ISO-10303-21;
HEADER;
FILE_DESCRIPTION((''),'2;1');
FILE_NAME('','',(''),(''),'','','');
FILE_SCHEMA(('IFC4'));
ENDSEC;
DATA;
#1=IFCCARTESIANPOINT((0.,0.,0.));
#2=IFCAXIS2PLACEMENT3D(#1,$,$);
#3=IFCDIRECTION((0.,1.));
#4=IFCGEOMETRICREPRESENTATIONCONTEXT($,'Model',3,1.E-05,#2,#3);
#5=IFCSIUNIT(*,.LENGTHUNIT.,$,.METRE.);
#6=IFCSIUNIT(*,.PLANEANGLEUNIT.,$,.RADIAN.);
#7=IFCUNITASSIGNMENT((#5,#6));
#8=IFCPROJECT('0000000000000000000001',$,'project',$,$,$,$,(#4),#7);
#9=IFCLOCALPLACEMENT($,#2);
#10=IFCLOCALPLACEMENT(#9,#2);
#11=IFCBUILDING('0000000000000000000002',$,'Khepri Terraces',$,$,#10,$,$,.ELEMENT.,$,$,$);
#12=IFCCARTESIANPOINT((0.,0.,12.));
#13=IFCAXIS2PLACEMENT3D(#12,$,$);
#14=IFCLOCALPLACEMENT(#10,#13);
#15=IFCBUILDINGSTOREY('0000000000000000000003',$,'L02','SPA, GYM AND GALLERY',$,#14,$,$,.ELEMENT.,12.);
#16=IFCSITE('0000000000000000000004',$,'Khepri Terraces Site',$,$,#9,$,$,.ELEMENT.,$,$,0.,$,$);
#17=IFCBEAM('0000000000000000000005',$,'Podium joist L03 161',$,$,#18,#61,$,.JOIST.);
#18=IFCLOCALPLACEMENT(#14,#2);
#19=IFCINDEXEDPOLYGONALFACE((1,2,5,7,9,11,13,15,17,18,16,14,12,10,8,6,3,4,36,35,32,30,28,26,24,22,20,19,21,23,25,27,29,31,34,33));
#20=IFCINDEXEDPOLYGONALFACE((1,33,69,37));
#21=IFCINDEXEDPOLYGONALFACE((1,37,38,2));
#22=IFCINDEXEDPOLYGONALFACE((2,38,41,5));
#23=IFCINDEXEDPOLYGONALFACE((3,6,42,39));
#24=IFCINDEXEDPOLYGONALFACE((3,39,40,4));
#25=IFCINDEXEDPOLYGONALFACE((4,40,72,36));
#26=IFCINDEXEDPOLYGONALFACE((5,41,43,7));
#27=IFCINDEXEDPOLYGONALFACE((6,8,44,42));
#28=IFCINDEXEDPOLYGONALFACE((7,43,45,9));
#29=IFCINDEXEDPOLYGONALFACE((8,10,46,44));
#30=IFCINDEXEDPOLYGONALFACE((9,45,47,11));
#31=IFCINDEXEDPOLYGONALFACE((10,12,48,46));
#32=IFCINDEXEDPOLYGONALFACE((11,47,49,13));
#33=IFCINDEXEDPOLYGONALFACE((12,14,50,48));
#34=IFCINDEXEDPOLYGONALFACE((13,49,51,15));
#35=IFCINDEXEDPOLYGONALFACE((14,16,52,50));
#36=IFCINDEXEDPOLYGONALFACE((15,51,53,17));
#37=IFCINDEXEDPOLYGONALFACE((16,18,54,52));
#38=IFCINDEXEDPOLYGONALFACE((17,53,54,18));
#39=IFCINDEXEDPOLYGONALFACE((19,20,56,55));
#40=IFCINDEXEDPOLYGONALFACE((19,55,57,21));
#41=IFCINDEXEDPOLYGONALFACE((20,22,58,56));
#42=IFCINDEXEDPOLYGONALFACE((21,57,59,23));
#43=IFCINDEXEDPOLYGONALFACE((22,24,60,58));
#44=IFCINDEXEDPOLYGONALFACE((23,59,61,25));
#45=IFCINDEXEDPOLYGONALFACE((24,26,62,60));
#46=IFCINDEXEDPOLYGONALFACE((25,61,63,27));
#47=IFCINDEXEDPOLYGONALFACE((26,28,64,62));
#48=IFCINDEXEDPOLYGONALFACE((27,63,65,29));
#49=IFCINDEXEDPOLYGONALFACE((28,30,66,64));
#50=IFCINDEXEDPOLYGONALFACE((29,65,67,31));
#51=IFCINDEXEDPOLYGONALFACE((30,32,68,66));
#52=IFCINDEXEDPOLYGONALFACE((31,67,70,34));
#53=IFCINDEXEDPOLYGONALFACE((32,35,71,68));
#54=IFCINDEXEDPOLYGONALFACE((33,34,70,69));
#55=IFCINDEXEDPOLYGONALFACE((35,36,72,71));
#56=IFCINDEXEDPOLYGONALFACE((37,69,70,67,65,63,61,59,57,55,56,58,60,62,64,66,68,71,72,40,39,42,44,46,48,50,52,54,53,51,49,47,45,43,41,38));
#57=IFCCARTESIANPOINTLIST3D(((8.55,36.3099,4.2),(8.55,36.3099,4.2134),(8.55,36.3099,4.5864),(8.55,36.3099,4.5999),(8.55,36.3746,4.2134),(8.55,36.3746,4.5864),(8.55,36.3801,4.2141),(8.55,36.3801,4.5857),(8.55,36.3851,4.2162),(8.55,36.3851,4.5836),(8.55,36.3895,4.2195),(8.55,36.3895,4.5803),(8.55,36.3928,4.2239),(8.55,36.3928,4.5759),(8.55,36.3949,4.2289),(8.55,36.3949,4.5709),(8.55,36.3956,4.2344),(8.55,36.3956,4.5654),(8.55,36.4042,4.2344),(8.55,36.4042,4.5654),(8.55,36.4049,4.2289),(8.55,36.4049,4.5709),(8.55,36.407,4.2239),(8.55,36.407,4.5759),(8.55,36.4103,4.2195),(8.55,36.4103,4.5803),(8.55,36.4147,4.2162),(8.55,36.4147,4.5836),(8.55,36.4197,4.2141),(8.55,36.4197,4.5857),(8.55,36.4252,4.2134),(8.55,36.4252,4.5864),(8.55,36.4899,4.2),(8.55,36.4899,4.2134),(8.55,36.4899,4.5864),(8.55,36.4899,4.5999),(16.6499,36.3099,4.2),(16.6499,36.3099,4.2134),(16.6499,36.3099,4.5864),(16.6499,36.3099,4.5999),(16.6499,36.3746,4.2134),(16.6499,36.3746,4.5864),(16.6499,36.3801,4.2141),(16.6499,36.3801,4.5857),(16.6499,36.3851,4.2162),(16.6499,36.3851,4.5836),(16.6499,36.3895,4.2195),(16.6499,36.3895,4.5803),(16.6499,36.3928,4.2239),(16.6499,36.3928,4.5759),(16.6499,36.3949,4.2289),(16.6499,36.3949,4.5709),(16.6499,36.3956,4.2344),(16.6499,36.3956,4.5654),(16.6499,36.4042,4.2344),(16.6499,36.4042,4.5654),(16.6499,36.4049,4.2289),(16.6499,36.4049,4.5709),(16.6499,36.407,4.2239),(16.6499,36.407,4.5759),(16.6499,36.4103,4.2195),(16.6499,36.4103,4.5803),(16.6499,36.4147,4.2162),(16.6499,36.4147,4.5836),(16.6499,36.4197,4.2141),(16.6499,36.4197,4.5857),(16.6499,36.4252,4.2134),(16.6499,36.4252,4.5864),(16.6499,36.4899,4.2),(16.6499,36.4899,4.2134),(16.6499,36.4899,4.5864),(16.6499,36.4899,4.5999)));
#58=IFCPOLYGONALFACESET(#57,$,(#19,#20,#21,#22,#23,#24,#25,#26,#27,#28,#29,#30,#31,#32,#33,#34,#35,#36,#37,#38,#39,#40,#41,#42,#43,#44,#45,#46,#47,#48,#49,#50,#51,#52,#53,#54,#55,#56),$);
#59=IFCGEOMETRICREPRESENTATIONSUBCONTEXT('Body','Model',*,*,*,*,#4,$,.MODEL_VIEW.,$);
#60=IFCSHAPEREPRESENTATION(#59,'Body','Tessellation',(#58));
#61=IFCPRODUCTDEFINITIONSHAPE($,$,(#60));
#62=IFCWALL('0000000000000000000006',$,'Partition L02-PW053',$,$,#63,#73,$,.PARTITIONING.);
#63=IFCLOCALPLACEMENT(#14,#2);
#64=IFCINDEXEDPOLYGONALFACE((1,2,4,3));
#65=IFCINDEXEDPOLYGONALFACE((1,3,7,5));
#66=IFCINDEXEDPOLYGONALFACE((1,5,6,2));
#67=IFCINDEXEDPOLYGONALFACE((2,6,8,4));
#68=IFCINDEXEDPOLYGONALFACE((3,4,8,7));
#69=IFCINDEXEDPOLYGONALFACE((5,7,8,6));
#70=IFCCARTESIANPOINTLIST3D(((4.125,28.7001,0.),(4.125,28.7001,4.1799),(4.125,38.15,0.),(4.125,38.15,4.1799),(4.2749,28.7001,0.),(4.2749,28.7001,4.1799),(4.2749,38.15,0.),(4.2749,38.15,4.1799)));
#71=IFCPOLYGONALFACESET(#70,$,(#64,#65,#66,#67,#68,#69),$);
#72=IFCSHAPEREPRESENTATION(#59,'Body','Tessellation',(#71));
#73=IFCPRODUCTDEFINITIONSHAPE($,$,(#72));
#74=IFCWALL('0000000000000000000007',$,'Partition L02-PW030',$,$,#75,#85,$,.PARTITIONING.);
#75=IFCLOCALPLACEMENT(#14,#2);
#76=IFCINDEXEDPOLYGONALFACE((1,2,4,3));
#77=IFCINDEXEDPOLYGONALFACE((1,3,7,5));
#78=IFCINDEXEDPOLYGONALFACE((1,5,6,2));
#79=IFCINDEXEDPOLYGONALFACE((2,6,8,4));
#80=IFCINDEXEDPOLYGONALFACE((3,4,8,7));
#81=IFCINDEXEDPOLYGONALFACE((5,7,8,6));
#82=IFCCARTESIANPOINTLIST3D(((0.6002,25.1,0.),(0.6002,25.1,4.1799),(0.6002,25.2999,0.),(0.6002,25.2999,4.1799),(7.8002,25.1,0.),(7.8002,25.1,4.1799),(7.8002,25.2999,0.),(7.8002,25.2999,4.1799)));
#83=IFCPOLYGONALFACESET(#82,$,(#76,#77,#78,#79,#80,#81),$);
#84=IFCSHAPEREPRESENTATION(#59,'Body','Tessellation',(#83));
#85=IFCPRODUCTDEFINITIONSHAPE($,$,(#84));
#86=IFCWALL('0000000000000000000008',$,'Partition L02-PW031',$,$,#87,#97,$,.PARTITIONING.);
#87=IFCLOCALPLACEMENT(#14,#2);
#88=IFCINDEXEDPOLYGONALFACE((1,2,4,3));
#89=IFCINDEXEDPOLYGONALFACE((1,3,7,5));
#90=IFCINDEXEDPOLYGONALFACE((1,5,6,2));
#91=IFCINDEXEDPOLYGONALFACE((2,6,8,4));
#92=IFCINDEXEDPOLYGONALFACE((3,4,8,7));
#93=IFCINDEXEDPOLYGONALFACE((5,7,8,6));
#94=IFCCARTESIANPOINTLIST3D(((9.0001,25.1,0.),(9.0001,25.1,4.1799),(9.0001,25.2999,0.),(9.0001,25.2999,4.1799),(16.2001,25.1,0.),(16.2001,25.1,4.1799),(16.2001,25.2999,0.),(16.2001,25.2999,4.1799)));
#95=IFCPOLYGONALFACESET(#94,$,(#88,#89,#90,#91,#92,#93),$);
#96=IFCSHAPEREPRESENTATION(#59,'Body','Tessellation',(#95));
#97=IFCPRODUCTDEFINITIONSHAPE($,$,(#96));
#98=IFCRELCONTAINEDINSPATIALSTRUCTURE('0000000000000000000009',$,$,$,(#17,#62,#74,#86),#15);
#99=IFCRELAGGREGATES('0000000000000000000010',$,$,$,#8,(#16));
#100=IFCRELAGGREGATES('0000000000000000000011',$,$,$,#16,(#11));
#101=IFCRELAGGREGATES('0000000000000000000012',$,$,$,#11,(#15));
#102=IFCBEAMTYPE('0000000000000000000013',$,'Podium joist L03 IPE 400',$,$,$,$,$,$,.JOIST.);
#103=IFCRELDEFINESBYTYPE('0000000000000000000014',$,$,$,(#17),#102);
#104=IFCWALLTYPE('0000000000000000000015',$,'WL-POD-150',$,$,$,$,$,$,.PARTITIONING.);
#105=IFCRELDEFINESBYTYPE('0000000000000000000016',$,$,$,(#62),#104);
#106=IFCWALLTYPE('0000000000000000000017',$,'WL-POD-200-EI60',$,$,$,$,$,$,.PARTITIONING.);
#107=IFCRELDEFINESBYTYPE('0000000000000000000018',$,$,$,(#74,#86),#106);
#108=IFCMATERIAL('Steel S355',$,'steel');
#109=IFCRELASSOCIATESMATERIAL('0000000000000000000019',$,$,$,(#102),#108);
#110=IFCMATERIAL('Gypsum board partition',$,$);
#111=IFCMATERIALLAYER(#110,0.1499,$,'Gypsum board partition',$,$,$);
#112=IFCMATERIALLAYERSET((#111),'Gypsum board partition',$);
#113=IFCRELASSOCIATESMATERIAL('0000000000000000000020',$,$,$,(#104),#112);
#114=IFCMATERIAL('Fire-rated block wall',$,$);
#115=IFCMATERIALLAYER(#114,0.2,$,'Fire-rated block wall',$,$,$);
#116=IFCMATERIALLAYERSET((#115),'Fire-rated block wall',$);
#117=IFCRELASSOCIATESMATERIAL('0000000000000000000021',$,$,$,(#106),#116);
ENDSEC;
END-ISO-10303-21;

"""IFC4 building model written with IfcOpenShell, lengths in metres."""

from ifc_helpers import new_model, si_unit, direction, frame, frame_2d, origin, origin_2d, place, context, subcontext, project, spatial, rectangle, i_section, extrude, material, layer, layer_set, material_profile, profile_set, type_object, element, save


model = new_model("IFC4")

# Units and contexts
model_context = context("Model", 3, precision=1e-05, world=origin(), true_north=direction((0.0, 1.0)))
body_context = subcontext(model_context, "Body", "Model", "MODEL_VIEW")
ifc_project = project(units=[si_unit("LENGTHUNIT", "METRE"), si_unit("PLANEANGLEUNIT", "RADIAN")], contexts=[model_context])

# Site, building, storey
site_placement = place(None, origin())
site = spatial("IfcSite", under=ifc_project, at=site_placement, Name="Khepri Terraces Site", CompositionType="ELEMENT", RefElevation=0.0)
building_placement = place(site_placement, origin())
building = spatial("IfcBuilding", under=site, at=building_placement, Name="Khepri Terraces", CompositionType="ELEMENT")
storey_placement = place(building_placement, frame((0.0, 0.0, 12.0)))
storey = spatial("IfcBuildingStorey", under=building, at=storey_placement, Name="L02", Description="SPA, GYM AND GALLERY", CompositionType="ELEMENT", Elevation=12.0)

# Beam
ifc_material_1 = material(Name="Steel S355", Category="steel")
ifc_material_profile_1 = material_profile(ifc_material_1, i_section(OverallWidth=0.1799, OverallDepth=0.3999, WebThickness=0.0085, FlangeThickness=0.0134, FilletRadius=0.021, at=origin_2d()), Name="Steel S355", Category="steel")
ifc_profile_set_1 = profile_set([ifc_material_profile_1], Name="Steel S355")
beam_type_1 = type_object("IfcBeamType", Name="Podium joist L03 IPE 400", PredefinedType="JOIST", material=ifc_profile_set_1)
beam_1_placement = place(storey_placement, frame((8.55, 36.3999, 4.3999), z_axis=(1.0, 0.0, 0.0), x_axis=(0.0, 1.0, 0.0)))
element("IfcBeam", 1, at=beam_1_placement, inside=storey, type_object=beam_type_1, Name="Podium joist L03 161", PredefinedType="JOIST", context=body_context, shape_type="SweptSolid", body=[
    extrude(i_section(OverallWidth=0.1799, OverallDepth=0.3999, WebThickness=0.0085, FlangeThickness=0.0134, FilletRadius=0.021, at=origin_2d()), origin(), (0.0, 0.0, 1.0), 8.0999),
])

# Walls
ifc_material_2 = material(Name="Gypsum board partition")
ifc_layer_1 = layer(ifc_material_2, 0.1499, Name="Gypsum board partition")
ifc_layer_set_1 = layer_set([ifc_layer_1], Name="Gypsum board partition")
wall_type_1 = type_object("IfcWallType", Name="WL-POD-150", PredefinedType="PARTITIONING", material=ifc_layer_set_1)
wall_placement = place(storey_placement, frame((4.2, 28.7, 0.0), z_axis=(0.0, 0.0, 1.0), x_axis=(0.0, 1.0, 0.0)))
element("IfcWall", 2, at=wall_placement, inside=storey, type_object=wall_type_1, Name="Partition L02-PW053", PredefinedType="PARTITIONING", context=body_context, shape_type="SweptSolid", body=[
    extrude(rectangle(XDim=9.45, YDim=0.1499, at=frame_2d((4.7251, 0.0))), origin(), (0.0, 0.0, 1.0), 4.1799),
])
ifc_material_3 = material(Name="Fire-rated block wall")
ifc_layer_2 = layer(ifc_material_3, 0.2, Name="Fire-rated block wall")
ifc_layer_set_2 = layer_set([ifc_layer_2], Name="Fire-rated block wall")
wall_type_2 = type_object("IfcWallType", Name="WL-POD-200-EI60", PredefinedType="PARTITIONING", material=ifc_layer_set_2)
for number, where, z_axis, x_axis, name in (
    (3, (0.6001, 25.2, 0.0), (0.0, 0.0, 1.0), (1.0, 0.0, 0.0), "Partition L02-PW030"),
    (4, (9.0, 25.2, 0.0), (0.0, 0.0, 1.0), (1.0, 0.0, 0.0), "Partition L02-PW031"),
):
    element("IfcWall", number, at=place(storey_placement, frame(where, z_axis=z_axis, x_axis=x_axis)), inside=storey, type_object=wall_type_2, Name=name, PredefinedType="PARTITIONING", context=body_context, shape_type="SweptSolid", body=[
        extrude(rectangle(XDim=7.2, YDim=0.2, at=frame_2d((3.6001, 0.0))), origin(), (0.0, 0.0, 1.0), 4.1799),
    ])

save(model, "model.ifc")
